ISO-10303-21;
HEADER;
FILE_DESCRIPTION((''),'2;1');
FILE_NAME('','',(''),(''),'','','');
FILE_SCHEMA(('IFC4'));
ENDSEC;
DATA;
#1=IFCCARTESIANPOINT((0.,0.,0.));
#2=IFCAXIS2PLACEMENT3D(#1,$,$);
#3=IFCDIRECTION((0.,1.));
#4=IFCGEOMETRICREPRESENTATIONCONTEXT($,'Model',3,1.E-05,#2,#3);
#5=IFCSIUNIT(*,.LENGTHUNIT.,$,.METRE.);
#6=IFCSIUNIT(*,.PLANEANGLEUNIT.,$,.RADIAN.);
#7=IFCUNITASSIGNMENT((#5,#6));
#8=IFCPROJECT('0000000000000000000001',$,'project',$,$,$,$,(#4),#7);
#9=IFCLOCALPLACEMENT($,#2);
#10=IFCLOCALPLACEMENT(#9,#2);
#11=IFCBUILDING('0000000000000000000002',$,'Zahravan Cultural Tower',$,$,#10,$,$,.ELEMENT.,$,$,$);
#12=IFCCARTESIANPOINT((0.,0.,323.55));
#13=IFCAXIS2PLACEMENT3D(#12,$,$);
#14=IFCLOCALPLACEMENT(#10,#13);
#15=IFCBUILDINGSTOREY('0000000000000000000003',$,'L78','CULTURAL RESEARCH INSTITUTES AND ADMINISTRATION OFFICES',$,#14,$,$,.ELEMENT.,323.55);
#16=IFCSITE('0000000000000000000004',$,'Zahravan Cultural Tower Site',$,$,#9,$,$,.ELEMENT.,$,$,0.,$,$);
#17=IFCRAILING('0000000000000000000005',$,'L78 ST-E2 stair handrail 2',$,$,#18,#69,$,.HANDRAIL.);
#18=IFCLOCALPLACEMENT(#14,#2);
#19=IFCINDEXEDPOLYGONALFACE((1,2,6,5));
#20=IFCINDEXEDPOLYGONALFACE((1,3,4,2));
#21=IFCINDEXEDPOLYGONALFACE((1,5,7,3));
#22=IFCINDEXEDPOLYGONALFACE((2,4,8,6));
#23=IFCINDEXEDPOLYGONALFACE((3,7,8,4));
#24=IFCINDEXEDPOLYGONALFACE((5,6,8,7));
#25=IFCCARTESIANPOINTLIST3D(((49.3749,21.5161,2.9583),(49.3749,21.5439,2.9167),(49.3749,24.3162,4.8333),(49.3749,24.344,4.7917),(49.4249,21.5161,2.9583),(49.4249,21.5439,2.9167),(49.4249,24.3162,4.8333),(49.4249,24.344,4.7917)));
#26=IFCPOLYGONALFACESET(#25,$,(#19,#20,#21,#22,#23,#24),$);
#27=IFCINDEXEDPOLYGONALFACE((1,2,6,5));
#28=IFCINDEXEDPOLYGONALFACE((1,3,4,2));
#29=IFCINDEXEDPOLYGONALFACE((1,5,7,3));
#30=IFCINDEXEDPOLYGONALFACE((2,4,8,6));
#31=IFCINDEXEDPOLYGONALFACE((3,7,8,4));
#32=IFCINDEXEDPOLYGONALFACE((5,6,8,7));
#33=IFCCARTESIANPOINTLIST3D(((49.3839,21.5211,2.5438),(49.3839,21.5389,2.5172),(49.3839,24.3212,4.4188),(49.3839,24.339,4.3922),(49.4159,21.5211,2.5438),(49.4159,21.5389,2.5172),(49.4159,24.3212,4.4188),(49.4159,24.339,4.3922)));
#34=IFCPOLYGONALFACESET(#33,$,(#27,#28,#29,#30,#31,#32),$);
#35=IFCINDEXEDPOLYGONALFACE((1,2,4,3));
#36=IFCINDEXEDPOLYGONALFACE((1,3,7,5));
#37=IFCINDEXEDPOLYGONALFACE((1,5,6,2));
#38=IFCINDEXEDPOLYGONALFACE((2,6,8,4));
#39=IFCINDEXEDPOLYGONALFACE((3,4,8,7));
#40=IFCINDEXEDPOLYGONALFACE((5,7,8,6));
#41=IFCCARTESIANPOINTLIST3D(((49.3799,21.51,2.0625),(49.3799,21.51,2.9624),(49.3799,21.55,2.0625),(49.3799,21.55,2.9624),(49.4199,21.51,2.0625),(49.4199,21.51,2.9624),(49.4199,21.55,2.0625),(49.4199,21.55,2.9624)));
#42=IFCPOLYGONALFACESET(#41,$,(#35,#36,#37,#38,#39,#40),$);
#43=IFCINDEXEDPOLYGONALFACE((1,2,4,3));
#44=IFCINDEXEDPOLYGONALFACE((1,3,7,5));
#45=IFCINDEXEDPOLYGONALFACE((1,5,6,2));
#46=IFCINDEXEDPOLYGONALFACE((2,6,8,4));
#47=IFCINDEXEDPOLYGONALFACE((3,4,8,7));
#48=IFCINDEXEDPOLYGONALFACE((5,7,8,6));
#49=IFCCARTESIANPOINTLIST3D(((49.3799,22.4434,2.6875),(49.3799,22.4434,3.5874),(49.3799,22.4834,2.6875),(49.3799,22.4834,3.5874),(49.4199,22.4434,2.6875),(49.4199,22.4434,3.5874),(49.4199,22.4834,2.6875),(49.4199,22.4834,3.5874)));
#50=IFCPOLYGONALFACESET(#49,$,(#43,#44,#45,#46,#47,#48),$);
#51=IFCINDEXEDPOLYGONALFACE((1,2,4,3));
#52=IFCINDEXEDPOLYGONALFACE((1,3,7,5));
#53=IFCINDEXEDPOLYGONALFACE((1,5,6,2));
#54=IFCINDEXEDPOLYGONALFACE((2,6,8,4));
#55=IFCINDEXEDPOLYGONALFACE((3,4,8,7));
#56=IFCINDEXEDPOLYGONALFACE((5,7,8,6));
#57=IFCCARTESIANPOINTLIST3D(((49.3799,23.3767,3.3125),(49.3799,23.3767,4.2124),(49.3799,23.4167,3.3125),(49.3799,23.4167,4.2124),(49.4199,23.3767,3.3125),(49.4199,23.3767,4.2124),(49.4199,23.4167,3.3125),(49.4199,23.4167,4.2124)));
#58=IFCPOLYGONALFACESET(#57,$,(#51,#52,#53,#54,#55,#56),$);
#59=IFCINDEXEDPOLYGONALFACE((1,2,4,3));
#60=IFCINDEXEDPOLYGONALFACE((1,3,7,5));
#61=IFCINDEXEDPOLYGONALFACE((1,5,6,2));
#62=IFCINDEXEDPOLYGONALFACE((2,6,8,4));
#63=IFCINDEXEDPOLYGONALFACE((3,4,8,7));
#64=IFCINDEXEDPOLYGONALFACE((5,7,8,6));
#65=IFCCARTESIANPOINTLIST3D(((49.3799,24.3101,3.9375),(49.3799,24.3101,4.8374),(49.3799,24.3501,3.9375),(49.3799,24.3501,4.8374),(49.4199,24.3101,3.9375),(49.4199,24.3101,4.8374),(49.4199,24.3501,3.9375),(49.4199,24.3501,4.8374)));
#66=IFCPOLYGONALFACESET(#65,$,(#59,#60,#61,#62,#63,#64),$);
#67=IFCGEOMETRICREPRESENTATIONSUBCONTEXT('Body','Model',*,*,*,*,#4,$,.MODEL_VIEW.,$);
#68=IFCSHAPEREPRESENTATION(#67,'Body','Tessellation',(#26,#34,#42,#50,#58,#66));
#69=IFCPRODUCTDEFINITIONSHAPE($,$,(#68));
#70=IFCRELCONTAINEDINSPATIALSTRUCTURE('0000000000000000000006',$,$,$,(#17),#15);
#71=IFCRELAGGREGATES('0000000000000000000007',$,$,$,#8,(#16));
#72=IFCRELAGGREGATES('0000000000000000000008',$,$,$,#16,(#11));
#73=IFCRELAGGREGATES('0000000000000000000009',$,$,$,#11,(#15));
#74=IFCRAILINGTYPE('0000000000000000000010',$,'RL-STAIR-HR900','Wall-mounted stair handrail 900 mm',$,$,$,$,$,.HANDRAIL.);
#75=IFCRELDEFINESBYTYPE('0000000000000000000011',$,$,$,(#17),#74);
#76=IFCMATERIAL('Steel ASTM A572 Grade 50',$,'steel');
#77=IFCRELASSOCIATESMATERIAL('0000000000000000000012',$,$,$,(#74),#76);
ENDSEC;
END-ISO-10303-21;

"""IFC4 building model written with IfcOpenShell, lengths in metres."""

from ifc_helpers import new_model, si_unit, direction, frame, origin, origin_2d, place, context, subcontext, project, spatial, rectangle, extrude, material, type_object, element, save


model = new_model("IFC4")

# Units and contexts
model_context = context("Model", 3, precision=1e-05, world=origin(), true_north=direction((0.0, 1.0)))
body_context = subcontext(model_context, "Body", "Model", "MODEL_VIEW")
ifc_project = project(units=[si_unit("LENGTHUNIT", "METRE"), si_unit("PLANEANGLEUNIT", "RADIAN")], contexts=[model_context])

# Site, building, storey
site_placement = place(None, origin())
site = spatial("IfcSite", under=ifc_project, at=site_placement, Name="Zahravan Cultural Tower Site", CompositionType="ELEMENT", RefElevation=0.0)
building_placement = place(site_placement, origin())
building = spatial("IfcBuilding", under=site, at=building_placement, Name="Zahravan Cultural Tower", CompositionType="ELEMENT")
storey_placement = place(building_placement, frame((0.0, 0.0, 323.55)))
storey = spatial("IfcBuildingStorey", under=building, at=storey_placement, Name="L78", Description="CULTURAL RESEARCH INSTITUTES AND ADMINISTRATION OFFICES", CompositionType="ELEMENT", Elevation=323.55)

# Shared definitions
ifc_material_1 = material(Name="Steel ASTM A572 Grade 50", Category="steel")

# Railing
railing_type_1 = type_object("IfcRailingType", Name="RL-STAIR-HR900", Description="Wall-mounted stair handrail 900 mm", PredefinedType="HANDRAIL", material=ifc_material_1)
railing_1_placement = place(storey_placement, frame((49.3999, 21.53, 2.0625)))
element("IfcRailing", 1, at=railing_1_placement, inside=storey, type_object=railing_type_1, Name="L78 ST-E2 stair handrail 2", PredefinedType="HANDRAIL", context=body_context, shape_type="SweptSolid", body=[
    extrude(rectangle(XDim=0.05, YDim=0.05, at=origin_2d()), frame((0.0, 0.0, 0.875), z_axis=(0.0, 0.830912, 0.556404), x_axis=(-1.0, 0.0, 0.0)), (0.0, 0.0, 1.0), 3.3699),
    extrude(rectangle(XDim=0.032, YDim=0.032, at=origin_2d()), frame((0.0, 0.0, 0.468), z_axis=(0.0, 0.830912, 0.556404), x_axis=(-1.0, 0.0, 0.0)), (0.0, 0.0, 1.0), 3.3699),
    extrude(rectangle(XDim=0.04, YDim=0.04, at=origin_2d()), origin(), (0.0, 0.0, 1.0), 0.8999),
    extrude(rectangle(XDim=0.04, YDim=0.04, at=origin_2d()), frame((0.0, 0.9333, 0.625)), (0.0, 0.0, 1.0), 0.8999),
    extrude(rectangle(XDim=0.04, YDim=0.04, at=origin_2d()), frame((0.0, 1.8667, 1.25)), (0.0, 0.0, 1.0), 0.8999),
    extrude(rectangle(XDim=0.04, YDim=0.04, at=origin_2d()), frame((0.0, 2.8, 1.875)), (0.0, 0.0, 1.0), 0.8999),
])

save(model, "model.ifc")
